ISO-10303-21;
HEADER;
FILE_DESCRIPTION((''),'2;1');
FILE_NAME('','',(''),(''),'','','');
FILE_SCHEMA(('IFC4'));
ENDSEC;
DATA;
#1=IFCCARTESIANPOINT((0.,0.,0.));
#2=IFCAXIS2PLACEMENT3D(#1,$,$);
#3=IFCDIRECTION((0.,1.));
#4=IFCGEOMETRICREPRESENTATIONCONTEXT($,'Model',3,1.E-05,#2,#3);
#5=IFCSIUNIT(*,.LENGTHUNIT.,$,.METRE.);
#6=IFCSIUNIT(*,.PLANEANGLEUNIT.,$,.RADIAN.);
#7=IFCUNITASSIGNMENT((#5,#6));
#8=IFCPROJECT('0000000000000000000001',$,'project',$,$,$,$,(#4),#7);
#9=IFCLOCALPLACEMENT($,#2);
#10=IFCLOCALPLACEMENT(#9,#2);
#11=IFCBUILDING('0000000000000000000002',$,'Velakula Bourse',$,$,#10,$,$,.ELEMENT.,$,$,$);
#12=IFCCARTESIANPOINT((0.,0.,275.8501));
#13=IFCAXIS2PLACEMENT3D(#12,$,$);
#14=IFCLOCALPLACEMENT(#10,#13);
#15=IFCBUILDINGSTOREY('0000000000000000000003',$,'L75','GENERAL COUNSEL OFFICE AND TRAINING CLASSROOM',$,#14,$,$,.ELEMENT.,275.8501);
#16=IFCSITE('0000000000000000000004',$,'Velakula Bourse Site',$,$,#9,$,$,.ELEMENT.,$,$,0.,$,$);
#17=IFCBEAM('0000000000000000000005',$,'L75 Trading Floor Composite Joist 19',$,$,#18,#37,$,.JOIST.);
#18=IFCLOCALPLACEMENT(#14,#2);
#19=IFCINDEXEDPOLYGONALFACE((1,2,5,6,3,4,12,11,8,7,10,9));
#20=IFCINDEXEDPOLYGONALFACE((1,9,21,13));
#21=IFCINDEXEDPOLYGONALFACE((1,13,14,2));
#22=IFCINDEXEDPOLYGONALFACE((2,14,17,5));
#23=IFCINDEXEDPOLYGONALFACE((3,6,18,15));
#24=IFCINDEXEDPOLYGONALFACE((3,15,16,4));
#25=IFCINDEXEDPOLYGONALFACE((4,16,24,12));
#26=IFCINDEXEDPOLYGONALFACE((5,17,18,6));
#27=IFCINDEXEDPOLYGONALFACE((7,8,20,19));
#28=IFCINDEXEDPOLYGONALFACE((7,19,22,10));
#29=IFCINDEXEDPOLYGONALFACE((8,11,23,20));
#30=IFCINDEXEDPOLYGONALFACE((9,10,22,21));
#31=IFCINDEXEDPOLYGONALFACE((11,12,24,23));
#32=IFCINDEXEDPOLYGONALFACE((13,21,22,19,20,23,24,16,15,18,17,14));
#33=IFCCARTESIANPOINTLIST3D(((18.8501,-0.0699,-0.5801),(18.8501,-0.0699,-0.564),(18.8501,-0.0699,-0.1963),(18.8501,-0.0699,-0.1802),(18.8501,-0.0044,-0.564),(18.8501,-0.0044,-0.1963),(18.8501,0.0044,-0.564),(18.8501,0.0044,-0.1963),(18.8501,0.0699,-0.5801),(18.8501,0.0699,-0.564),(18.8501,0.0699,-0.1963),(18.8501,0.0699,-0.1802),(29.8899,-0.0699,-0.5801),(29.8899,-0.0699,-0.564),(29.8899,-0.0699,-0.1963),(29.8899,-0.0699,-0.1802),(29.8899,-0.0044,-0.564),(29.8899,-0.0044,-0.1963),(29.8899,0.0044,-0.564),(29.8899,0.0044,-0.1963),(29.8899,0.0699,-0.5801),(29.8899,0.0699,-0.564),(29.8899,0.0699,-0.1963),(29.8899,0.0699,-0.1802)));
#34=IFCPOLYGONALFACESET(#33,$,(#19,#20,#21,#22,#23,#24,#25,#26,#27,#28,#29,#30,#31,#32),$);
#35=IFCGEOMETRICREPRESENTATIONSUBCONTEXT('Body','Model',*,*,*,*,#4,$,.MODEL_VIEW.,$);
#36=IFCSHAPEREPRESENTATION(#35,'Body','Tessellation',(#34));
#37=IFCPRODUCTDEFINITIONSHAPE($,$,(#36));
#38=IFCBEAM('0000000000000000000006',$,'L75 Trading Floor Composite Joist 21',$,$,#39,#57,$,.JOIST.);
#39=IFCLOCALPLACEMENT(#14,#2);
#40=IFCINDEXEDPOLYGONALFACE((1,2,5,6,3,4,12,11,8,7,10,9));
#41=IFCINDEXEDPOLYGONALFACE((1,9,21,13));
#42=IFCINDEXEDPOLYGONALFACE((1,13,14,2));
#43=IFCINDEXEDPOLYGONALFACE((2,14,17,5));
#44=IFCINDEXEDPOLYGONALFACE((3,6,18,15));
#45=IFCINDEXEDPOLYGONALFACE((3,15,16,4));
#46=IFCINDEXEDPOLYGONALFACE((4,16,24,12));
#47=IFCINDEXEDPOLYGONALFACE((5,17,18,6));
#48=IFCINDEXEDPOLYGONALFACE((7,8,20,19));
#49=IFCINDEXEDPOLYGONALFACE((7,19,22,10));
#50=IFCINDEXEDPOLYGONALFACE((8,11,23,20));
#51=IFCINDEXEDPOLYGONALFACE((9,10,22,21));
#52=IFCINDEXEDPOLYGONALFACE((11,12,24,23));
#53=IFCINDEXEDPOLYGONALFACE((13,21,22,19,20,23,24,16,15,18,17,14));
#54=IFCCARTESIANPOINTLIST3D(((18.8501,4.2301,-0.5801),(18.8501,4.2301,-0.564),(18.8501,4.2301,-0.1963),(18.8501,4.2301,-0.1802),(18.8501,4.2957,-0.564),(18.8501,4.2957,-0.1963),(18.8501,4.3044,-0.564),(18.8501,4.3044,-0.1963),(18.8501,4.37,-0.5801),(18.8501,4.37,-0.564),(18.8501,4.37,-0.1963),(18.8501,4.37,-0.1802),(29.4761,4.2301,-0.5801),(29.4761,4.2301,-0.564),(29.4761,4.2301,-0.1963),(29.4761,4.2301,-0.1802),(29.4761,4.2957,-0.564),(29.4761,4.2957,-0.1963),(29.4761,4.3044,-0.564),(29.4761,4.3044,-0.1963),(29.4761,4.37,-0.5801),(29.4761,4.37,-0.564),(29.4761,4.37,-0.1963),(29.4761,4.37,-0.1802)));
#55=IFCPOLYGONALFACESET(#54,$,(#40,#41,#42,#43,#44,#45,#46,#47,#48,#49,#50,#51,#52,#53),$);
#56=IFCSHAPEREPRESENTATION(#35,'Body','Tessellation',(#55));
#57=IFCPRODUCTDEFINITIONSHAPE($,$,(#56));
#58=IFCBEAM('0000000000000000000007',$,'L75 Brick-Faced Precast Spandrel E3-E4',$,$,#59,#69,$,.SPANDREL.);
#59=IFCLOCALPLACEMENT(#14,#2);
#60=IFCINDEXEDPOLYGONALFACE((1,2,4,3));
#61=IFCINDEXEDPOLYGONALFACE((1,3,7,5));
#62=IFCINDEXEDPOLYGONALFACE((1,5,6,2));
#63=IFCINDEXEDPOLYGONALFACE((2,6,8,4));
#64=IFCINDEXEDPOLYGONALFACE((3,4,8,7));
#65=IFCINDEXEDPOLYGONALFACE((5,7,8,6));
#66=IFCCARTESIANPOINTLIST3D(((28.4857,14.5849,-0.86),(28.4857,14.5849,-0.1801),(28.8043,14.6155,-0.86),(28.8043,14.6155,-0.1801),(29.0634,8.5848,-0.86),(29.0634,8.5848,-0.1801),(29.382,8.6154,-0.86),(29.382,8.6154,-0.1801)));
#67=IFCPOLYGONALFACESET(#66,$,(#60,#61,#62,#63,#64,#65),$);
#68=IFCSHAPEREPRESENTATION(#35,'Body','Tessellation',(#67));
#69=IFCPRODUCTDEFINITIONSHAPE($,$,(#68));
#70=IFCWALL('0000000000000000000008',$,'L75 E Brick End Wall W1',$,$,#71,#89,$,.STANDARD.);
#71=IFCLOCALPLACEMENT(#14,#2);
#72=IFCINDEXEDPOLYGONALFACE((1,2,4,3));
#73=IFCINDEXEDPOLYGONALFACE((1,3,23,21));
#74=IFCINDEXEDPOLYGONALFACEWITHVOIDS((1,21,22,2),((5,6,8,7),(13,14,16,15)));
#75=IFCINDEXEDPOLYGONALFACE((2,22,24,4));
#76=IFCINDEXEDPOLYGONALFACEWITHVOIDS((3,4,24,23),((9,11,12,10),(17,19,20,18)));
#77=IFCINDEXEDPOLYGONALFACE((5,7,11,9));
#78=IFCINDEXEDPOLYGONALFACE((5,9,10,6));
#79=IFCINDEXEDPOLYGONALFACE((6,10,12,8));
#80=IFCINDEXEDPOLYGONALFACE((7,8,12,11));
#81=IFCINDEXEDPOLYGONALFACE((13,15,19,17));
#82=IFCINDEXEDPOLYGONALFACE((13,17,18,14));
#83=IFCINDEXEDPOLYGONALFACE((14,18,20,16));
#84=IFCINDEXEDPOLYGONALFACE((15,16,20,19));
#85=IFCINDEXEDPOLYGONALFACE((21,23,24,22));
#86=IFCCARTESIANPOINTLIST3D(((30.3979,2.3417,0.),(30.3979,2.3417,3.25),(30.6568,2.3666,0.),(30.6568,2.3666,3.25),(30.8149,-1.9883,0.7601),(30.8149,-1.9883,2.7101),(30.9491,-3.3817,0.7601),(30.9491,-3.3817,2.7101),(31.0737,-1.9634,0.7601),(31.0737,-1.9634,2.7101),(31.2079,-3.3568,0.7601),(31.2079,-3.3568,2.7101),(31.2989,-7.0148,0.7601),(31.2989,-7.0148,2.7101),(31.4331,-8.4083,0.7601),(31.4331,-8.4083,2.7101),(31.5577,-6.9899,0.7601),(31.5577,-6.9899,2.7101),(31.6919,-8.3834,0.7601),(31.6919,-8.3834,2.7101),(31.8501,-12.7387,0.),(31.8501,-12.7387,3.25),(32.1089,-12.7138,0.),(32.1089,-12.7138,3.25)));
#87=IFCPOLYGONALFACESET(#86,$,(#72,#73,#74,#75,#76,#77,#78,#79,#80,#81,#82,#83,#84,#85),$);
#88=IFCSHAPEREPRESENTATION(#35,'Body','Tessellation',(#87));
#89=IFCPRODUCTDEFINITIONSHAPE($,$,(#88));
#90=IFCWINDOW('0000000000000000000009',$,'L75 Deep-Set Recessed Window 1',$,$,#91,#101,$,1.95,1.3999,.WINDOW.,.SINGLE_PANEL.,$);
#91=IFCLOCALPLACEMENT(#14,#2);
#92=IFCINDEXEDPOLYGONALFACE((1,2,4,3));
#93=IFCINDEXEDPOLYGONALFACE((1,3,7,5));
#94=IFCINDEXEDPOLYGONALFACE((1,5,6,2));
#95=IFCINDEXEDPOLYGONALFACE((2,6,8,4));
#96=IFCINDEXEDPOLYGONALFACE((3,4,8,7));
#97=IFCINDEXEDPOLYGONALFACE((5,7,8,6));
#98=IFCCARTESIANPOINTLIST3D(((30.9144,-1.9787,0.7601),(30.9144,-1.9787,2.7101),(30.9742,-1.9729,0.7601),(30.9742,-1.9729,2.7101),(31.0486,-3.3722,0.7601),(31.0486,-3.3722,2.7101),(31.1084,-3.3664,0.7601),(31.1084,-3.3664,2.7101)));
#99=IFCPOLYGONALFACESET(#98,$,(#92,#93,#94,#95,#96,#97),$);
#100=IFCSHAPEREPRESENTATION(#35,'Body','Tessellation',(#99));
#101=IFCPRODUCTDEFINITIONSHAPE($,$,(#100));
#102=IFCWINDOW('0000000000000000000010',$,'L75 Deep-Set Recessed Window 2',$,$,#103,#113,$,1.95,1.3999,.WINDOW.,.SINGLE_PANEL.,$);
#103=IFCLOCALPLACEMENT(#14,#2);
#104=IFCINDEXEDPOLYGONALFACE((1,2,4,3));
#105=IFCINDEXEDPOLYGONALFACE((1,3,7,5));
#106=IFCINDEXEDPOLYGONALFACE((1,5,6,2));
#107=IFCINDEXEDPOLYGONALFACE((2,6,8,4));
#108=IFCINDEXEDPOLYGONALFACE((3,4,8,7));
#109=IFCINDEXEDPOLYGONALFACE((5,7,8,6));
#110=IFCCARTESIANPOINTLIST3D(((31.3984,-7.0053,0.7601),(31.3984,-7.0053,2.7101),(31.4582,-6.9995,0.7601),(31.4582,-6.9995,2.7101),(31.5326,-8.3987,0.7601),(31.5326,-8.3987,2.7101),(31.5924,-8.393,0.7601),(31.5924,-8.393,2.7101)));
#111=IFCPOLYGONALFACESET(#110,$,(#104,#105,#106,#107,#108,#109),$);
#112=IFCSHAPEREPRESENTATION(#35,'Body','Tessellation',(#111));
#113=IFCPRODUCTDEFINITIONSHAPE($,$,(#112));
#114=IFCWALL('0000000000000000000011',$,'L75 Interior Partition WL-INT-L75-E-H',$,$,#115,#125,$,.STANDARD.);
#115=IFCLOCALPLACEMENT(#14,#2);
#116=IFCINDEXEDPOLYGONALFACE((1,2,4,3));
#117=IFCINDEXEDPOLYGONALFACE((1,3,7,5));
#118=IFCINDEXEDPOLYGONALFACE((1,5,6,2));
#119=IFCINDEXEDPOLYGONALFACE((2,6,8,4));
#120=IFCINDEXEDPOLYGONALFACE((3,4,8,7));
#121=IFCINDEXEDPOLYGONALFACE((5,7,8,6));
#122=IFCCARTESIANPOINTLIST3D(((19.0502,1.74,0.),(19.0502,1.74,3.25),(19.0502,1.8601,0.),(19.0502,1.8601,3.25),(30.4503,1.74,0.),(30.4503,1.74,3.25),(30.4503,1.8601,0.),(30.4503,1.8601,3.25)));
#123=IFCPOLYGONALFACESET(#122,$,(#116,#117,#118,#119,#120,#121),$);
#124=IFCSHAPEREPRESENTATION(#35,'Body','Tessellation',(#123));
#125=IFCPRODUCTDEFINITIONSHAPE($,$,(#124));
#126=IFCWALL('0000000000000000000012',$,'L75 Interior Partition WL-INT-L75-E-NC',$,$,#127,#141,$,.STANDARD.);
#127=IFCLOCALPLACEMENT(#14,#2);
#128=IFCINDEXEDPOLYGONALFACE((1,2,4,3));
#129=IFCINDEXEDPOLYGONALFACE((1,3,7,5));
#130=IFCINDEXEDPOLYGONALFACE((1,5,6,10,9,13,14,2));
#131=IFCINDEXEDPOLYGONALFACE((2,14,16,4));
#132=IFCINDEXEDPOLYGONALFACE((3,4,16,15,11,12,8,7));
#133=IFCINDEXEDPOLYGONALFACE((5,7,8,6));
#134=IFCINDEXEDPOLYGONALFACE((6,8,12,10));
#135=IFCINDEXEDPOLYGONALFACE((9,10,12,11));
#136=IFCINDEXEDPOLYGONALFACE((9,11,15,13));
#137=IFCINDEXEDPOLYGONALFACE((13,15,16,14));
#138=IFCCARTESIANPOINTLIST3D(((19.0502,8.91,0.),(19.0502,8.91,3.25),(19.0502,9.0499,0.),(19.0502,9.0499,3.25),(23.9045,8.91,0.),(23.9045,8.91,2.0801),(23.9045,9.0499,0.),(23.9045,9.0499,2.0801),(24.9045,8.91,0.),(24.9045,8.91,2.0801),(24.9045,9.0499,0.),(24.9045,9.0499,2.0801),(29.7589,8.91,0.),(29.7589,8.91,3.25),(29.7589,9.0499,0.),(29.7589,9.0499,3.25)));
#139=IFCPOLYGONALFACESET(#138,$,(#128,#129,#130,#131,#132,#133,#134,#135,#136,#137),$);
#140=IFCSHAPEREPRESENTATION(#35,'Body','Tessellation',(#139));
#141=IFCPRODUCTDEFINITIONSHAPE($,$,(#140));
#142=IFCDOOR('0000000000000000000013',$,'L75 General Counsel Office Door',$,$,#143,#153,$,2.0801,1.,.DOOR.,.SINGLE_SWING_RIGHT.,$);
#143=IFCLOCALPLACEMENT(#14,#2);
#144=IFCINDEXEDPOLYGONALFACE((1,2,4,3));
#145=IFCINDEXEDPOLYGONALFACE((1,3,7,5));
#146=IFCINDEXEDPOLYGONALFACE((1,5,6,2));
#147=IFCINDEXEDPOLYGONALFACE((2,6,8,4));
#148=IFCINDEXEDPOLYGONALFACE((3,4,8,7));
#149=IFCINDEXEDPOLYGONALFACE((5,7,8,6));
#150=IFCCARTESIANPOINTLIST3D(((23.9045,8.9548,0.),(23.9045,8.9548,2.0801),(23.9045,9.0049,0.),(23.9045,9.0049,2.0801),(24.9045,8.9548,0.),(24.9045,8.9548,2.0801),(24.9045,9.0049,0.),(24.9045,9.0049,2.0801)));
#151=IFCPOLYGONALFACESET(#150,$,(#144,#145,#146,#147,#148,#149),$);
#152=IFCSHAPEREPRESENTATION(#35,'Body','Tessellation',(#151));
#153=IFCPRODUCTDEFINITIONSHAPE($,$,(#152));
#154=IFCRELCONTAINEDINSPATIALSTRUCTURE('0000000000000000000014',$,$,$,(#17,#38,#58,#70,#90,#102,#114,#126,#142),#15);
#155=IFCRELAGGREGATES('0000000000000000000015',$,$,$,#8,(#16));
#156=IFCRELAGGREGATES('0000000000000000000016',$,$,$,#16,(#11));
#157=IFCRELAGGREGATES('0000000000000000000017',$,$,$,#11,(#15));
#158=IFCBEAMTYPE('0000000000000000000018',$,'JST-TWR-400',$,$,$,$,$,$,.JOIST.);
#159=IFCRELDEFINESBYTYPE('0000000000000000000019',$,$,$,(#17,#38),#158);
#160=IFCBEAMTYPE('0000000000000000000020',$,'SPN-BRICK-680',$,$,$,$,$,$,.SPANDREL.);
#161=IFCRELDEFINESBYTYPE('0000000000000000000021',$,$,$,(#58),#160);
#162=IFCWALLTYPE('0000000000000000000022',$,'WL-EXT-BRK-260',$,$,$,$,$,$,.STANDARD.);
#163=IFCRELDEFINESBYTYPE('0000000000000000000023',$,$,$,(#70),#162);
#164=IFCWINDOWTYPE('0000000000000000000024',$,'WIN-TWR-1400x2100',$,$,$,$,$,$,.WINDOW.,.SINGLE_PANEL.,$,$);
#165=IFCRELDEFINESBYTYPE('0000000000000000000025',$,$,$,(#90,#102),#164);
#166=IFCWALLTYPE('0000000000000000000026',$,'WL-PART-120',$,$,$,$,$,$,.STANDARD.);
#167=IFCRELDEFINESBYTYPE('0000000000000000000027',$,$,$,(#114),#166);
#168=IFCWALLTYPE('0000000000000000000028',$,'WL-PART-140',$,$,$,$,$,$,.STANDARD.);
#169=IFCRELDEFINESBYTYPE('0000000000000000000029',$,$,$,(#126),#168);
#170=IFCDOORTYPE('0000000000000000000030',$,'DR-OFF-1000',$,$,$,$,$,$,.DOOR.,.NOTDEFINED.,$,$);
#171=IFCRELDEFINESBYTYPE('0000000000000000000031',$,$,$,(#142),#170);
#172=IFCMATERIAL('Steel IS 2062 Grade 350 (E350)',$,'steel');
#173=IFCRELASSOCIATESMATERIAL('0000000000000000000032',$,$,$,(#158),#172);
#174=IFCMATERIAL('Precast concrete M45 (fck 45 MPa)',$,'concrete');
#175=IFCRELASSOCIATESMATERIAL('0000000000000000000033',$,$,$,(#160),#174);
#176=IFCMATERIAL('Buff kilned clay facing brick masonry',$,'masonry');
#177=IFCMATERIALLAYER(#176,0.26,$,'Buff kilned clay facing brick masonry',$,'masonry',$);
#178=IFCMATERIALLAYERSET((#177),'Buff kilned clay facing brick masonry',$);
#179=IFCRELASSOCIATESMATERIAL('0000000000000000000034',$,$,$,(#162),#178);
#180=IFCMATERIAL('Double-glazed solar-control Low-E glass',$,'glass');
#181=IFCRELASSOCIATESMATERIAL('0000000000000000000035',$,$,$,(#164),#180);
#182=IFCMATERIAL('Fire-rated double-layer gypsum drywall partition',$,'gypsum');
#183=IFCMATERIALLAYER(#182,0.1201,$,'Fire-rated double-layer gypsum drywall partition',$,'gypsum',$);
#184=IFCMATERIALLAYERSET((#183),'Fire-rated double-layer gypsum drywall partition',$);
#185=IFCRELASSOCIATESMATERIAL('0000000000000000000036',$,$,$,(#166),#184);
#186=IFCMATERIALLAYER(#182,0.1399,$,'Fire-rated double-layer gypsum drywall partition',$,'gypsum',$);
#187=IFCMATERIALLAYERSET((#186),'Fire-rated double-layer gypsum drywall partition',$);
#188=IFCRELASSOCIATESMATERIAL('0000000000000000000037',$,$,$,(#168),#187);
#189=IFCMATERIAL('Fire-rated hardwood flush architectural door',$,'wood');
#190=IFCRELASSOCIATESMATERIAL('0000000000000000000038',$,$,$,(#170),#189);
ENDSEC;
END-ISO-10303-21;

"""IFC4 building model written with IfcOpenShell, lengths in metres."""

from ifc_helpers import new_model, si_unit, direction, frame, frame_2d, origin, origin_2d, place, context, subcontext, project, spatial, rectangle, i_section, extrude, material, layer, layer_set, material_profile, profile_set, type_object, element, fill, save


model = new_model("IFC4")

# Units and contexts
model_context = context("Model", 3, precision=1e-05, world=origin(), true_north=direction((0.0, 1.0)))
body_context = subcontext(model_context, "Body", "Model", "MODEL_VIEW")
ifc_project = project(units=[si_unit("LENGTHUNIT", "METRE"), si_unit("PLANEANGLEUNIT", "RADIAN")], contexts=[model_context])

# Site, building, storey
site_placement = place(None, origin())
site = spatial("IfcSite", under=ifc_project, at=site_placement, Name="Velakula Bourse Site", CompositionType="ELEMENT", RefElevation=0.0)
building_placement = place(site_placement, origin())
building = spatial("IfcBuilding", under=site, at=building_placement, Name="Velakula Bourse", CompositionType="ELEMENT")
storey_placement = place(building_placement, frame((0.0, 0.0, 275.8501)))
storey = spatial("IfcBuildingStorey", under=building, at=storey_placement, Name="L75", Description="GENERAL COUNSEL OFFICE AND TRAINING CLASSROOM", CompositionType="ELEMENT", Elevation=275.8501)

# Shared definitions
ifc_material_1 = material(Name="Steel IS 2062 Grade 350 (E350)", Category="steel")

# Beams
ifc_material_profile_1 = material_profile(ifc_material_1, i_section(OverallWidth=0.1399, OverallDepth=0.3999, WebThickness=0.0088, FlangeThickness=0.0161, at=origin_2d()), Name="Steel IS 2062 Grade 350 (E350)")
ifc_profile_set_1 = profile_set([ifc_material_profile_1], Name="Steel IS 2062 Grade 350 (E350)")
beam_type_1 = type_object("IfcBeamType", Name="JST-TWR-400", PredefinedType="JOIST", material=ifc_profile_set_1)
beam_1_placement = place(storey_placement, frame((18.8501, 0.0, -0.3801), z_axis=(1.0, 0.0, 0.0), x_axis=(0.0, 1.0, 0.0)))
element("IfcBeam", 1, at=beam_1_placement, inside=storey, type_object=beam_type_1, Name="L75 Trading Floor Composite Joist 19", PredefinedType="JOIST", context=body_context, shape_type="SweptSolid", body=[
    extrude(i_section(OverallWidth=0.1399, OverallDepth=0.3999, WebThickness=0.0088, FlangeThickness=0.0161, at=origin_2d()), origin(), (0.0, 0.0, 1.0), 11.0398),
])
beam_2_placement = place(storey_placement, frame((18.8501, 4.3, -0.3801), z_axis=(1.0, 0.0, 0.0), x_axis=(0.0, 1.0, 0.0)))
element("IfcBeam", 2, at=beam_2_placement, inside=storey, type_object=beam_type_1, Name="L75 Trading Floor Composite Joist 21", PredefinedType="JOIST", context=body_context, shape_type="SweptSolid", body=[
    extrude(i_section(OverallWidth=0.1399, OverallDepth=0.3999, WebThickness=0.0088, FlangeThickness=0.0161, at=origin_2d()), origin(), (0.0, 0.0, 1.0), 10.626),
])
ifc_material_2 = material(Name="Precast concrete M45 (fck 45 MPa)", Category="concrete")
ifc_material_profile_2 = material_profile(ifc_material_2, rectangle(XDim=0.3201, YDim=0.6799, at=origin_2d()), Name="Precast concrete M45 (fck 45 MPa)")
ifc_profile_set_2 = profile_set([ifc_material_profile_2], Name="Precast concrete M45 (fck 45 MPa)")
beam_type_2 = type_object("IfcBeamType", Name="SPN-BRICK-680", PredefinedType="SPANDREL", material=ifc_profile_set_2)
beam_3_placement = place(storey_placement, frame((29.2227, 8.6001, -0.52), z_axis=(-0.09583, 0.995398, 0.0), x_axis=(-0.995398, -0.09583, 0.0)))
element("IfcBeam", 3, at=beam_3_placement, inside=storey, type_object=beam_type_2, Name="L75 Brick-Faced Precast Spandrel E3-E4", PredefinedType="SPANDREL", context=body_context, shape_type="SweptSolid", body=[
    extrude(rectangle(XDim=0.3201, YDim=0.6799, at=origin_2d()), origin(), (0.0, 0.0, 1.0), 6.0278),
])

# Wall, openings, windows
ifc_material_3 = material(Name="Buff kilned clay facing brick masonry", Category="masonry")
ifc_layer_1 = layer(ifc_material_3, 0.26, Name="Buff kilned clay facing brick masonry", Category="masonry")
ifc_layer_set_1 = layer_set([ifc_layer_1], Name="Buff kilned clay facing brick masonry")
wall_type_1 = type_object("IfcWallType", Name="WL-EXT-BRK-260", PredefinedType="STANDARD", material=ifc_layer_set_1)
wall_1_placement = place(storey_placement, frame((30.5273, 2.3542, 0.0), z_axis=(0.0, 0.0, 1.0), x_axis=(0.095851, -0.995396, 0.0)))
wall_1 = element("IfcWall", 4, at=wall_1_placement, inside=storey, type_object=wall_type_1, Name="L75 E Brick End Wall W1", PredefinedType="STANDARD", context=body_context, shape_type="SweptSolid", body=[
    extrude(rectangle(XDim=15.1501, YDim=0.26, at=frame_2d((7.5752, 0.0))), origin(), (0.0, 0.0, 1.0), 3.25),
])
opening_1_placement = place(wall_1_placement, frame((4.3501, 0.0, 0.76)))
opening_1 = element("IfcOpeningElement", 5, at=opening_1_placement, cuts=wall_1, PredefinedType="OPENING", context=body_context, shape_type="SweptSolid", body=[
    extrude(rectangle(XDim=1.3999, YDim=1.95, at=frame_2d((0.7, 0.9751))), frame((0.0, 0.1399, 0.0), z_axis=(0.0, -1.0, 0.0), x_axis=(1.0, 0.0, 0.0)), (0.0, 0.0, 1.0), 0.28),
])
opening_2_placement = place(wall_1_placement, frame((9.3999, 0.0, 0.76)))
opening_2 = element("IfcOpeningElement", 6, at=opening_2_placement, cuts=wall_1, PredefinedType="OPENING", context=body_context, shape_type="SweptSolid", body=[
    extrude(rectangle(XDim=1.3999, YDim=1.95, at=frame_2d((0.7, 0.9751))), frame((0.0, 0.1399, 0.0), z_axis=(0.0, -1.0, 0.0), x_axis=(1.0, 0.0, 0.0)), (0.0, 0.0, 1.0), 0.28),
])
ifc_material_4 = material(Name="Double-glazed solar-control Low-E glass", Category="glass")
window_type = type_object("IfcWindowType", Name="WIN-TWR-1400x2100", PartitioningType="SINGLE_PANEL", PredefinedType="WINDOW", material=ifc_material_4)
window_1_placement = place(opening_1_placement, origin())
window_1 = element("IfcWindow", 7, at=window_1_placement, inside=storey, type_object=window_type, Name="L75 Deep-Set Recessed Window 1", OverallHeight=1.95, OverallWidth=1.3999, PartitioningType="SINGLE_PANEL", PredefinedType="WINDOW", context=body_context, shape_type="SweptSolid", body=[
    extrude(rectangle(XDim=1.3999, YDim=1.95, at=frame_2d((0.7, 0.9751))), frame((0.0, 0.03, 0.0), z_axis=(0.0, -1.0, 0.0), x_axis=(1.0, 0.0, 0.0)), (0.0, 0.0, 1.0), 0.0601),
])
fill(opening_1, window_1)
window_2_placement = place(opening_2_placement, origin())
window_2 = element("IfcWindow", 8, at=window_2_placement, inside=storey, type_object=window_type, Name="L75 Deep-Set Recessed Window 2", OverallHeight=1.95, OverallWidth=1.3999, PartitioningType="SINGLE_PANEL", PredefinedType="WINDOW", context=body_context, shape_type="SweptSolid", body=[
    extrude(rectangle(XDim=1.3999, YDim=1.95, at=frame_2d((0.7, 0.9751))), frame((0.0, 0.03, 0.0), z_axis=(0.0, -1.0, 0.0), x_axis=(1.0, 0.0, 0.0)), (0.0, 0.0, 1.0), 0.0601),
])
fill(opening_2, window_2)

# Wall
ifc_material_5 = material(Name="Fire-rated double-layer gypsum drywall partition", Category="gypsum")
ifc_layer_2 = layer(ifc_material_5, 0.1201, Name="Fire-rated double-layer gypsum drywall partition", Category="gypsum")
ifc_layer_set_2 = layer_set([ifc_layer_2], Name="Fire-rated double-layer gypsum drywall partition")
wall_type_2 = type_object("IfcWallType", Name="WL-PART-120", PredefinedType="STANDARD", material=ifc_layer_set_2)
wall_2_placement = place(storey_placement, frame((19.05, 1.8, 0.0), z_axis=(0.0, 0.0, 1.0), x_axis=(1.0, 0.0, 0.0)))
element("IfcWall", 9, at=wall_2_placement, inside=storey, type_object=wall_type_2, Name="L75 Interior Partition WL-INT-L75-E-H", PredefinedType="STANDARD", context=body_context, shape_type="SweptSolid", body=[
    extrude(rectangle(XDim=11.4001, YDim=0.1201, at=frame_2d((5.7002, 0.0))), origin(), (0.0, 0.0, 1.0), 3.25),
])

# Wall, opening, door
ifc_layer_3 = layer(ifc_material_5, 0.1399, Name="Fire-rated double-layer gypsum drywall partition", Category="gypsum")
ifc_layer_set_3 = layer_set([ifc_layer_3], Name="Fire-rated double-layer gypsum drywall partition")
wall_type_3 = type_object("IfcWallType", Name="WL-PART-140", PredefinedType="STANDARD", material=ifc_layer_set_3)
wall_3_placement = place(storey_placement, frame((19.05, 8.98, 0.0), z_axis=(0.0, 0.0, 1.0), x_axis=(1.0, 0.0, 0.0)))
wall_3 = element("IfcWall", 10, at=wall_3_placement, inside=storey, type_object=wall_type_3, Name="L75 Interior Partition WL-INT-L75-E-NC", PredefinedType="STANDARD", context=body_context, shape_type="SweptSolid", body=[
    extrude(rectangle(XDim=10.7087, YDim=0.1399, at=frame_2d((5.3545, 0.0))), origin(), (0.0, 0.0, 1.0), 3.25),
])
opening_3_placement = place(wall_3_placement, frame((4.8545, 0.0, 0.0)))
opening_3 = element("IfcOpeningElement", 11, at=opening_3_placement, cuts=wall_3, PredefinedType="OPENING", context=body_context, shape_type="SweptSolid", body=[
    extrude(rectangle(XDim=1.0, YDim=2.0801, at=frame_2d((0.5, 1.04))), frame((0.0, 0.0798, 0.0), z_axis=(0.0, -1.0, 0.0), x_axis=(1.0, 0.0, 0.0)), (0.0, 0.0, 1.0), 0.1599),
])
ifc_material_6 = material(Name="Fire-rated hardwood flush architectural door", Category="wood")
door_type = type_object("IfcDoorType", Name="DR-OFF-1000", OperationType="NOTDEFINED", PredefinedType="DOOR", material=ifc_material_6)
door_placement = place(opening_3_placement, origin())
door = element("IfcDoor", 12, at=door_placement, inside=storey, type_object=door_type, Name="L75 General Counsel Office Door", OperationType="SINGLE_SWING_RIGHT", OverallHeight=2.0801, OverallWidth=1.0, PredefinedType="DOOR", context=body_context, shape_type="SweptSolid", body=[
    extrude(rectangle(XDim=1.0, YDim=2.0801, at=frame_2d((0.5, 1.04))), frame((0.0, 0.0249, 0.0), z_axis=(0.0, -1.0, 0.0), x_axis=(1.0, 0.0, 0.0)), (0.0, 0.0, 1.0), 0.05),
])
fill(opening_3, door)

save(model, "model.ifc")
